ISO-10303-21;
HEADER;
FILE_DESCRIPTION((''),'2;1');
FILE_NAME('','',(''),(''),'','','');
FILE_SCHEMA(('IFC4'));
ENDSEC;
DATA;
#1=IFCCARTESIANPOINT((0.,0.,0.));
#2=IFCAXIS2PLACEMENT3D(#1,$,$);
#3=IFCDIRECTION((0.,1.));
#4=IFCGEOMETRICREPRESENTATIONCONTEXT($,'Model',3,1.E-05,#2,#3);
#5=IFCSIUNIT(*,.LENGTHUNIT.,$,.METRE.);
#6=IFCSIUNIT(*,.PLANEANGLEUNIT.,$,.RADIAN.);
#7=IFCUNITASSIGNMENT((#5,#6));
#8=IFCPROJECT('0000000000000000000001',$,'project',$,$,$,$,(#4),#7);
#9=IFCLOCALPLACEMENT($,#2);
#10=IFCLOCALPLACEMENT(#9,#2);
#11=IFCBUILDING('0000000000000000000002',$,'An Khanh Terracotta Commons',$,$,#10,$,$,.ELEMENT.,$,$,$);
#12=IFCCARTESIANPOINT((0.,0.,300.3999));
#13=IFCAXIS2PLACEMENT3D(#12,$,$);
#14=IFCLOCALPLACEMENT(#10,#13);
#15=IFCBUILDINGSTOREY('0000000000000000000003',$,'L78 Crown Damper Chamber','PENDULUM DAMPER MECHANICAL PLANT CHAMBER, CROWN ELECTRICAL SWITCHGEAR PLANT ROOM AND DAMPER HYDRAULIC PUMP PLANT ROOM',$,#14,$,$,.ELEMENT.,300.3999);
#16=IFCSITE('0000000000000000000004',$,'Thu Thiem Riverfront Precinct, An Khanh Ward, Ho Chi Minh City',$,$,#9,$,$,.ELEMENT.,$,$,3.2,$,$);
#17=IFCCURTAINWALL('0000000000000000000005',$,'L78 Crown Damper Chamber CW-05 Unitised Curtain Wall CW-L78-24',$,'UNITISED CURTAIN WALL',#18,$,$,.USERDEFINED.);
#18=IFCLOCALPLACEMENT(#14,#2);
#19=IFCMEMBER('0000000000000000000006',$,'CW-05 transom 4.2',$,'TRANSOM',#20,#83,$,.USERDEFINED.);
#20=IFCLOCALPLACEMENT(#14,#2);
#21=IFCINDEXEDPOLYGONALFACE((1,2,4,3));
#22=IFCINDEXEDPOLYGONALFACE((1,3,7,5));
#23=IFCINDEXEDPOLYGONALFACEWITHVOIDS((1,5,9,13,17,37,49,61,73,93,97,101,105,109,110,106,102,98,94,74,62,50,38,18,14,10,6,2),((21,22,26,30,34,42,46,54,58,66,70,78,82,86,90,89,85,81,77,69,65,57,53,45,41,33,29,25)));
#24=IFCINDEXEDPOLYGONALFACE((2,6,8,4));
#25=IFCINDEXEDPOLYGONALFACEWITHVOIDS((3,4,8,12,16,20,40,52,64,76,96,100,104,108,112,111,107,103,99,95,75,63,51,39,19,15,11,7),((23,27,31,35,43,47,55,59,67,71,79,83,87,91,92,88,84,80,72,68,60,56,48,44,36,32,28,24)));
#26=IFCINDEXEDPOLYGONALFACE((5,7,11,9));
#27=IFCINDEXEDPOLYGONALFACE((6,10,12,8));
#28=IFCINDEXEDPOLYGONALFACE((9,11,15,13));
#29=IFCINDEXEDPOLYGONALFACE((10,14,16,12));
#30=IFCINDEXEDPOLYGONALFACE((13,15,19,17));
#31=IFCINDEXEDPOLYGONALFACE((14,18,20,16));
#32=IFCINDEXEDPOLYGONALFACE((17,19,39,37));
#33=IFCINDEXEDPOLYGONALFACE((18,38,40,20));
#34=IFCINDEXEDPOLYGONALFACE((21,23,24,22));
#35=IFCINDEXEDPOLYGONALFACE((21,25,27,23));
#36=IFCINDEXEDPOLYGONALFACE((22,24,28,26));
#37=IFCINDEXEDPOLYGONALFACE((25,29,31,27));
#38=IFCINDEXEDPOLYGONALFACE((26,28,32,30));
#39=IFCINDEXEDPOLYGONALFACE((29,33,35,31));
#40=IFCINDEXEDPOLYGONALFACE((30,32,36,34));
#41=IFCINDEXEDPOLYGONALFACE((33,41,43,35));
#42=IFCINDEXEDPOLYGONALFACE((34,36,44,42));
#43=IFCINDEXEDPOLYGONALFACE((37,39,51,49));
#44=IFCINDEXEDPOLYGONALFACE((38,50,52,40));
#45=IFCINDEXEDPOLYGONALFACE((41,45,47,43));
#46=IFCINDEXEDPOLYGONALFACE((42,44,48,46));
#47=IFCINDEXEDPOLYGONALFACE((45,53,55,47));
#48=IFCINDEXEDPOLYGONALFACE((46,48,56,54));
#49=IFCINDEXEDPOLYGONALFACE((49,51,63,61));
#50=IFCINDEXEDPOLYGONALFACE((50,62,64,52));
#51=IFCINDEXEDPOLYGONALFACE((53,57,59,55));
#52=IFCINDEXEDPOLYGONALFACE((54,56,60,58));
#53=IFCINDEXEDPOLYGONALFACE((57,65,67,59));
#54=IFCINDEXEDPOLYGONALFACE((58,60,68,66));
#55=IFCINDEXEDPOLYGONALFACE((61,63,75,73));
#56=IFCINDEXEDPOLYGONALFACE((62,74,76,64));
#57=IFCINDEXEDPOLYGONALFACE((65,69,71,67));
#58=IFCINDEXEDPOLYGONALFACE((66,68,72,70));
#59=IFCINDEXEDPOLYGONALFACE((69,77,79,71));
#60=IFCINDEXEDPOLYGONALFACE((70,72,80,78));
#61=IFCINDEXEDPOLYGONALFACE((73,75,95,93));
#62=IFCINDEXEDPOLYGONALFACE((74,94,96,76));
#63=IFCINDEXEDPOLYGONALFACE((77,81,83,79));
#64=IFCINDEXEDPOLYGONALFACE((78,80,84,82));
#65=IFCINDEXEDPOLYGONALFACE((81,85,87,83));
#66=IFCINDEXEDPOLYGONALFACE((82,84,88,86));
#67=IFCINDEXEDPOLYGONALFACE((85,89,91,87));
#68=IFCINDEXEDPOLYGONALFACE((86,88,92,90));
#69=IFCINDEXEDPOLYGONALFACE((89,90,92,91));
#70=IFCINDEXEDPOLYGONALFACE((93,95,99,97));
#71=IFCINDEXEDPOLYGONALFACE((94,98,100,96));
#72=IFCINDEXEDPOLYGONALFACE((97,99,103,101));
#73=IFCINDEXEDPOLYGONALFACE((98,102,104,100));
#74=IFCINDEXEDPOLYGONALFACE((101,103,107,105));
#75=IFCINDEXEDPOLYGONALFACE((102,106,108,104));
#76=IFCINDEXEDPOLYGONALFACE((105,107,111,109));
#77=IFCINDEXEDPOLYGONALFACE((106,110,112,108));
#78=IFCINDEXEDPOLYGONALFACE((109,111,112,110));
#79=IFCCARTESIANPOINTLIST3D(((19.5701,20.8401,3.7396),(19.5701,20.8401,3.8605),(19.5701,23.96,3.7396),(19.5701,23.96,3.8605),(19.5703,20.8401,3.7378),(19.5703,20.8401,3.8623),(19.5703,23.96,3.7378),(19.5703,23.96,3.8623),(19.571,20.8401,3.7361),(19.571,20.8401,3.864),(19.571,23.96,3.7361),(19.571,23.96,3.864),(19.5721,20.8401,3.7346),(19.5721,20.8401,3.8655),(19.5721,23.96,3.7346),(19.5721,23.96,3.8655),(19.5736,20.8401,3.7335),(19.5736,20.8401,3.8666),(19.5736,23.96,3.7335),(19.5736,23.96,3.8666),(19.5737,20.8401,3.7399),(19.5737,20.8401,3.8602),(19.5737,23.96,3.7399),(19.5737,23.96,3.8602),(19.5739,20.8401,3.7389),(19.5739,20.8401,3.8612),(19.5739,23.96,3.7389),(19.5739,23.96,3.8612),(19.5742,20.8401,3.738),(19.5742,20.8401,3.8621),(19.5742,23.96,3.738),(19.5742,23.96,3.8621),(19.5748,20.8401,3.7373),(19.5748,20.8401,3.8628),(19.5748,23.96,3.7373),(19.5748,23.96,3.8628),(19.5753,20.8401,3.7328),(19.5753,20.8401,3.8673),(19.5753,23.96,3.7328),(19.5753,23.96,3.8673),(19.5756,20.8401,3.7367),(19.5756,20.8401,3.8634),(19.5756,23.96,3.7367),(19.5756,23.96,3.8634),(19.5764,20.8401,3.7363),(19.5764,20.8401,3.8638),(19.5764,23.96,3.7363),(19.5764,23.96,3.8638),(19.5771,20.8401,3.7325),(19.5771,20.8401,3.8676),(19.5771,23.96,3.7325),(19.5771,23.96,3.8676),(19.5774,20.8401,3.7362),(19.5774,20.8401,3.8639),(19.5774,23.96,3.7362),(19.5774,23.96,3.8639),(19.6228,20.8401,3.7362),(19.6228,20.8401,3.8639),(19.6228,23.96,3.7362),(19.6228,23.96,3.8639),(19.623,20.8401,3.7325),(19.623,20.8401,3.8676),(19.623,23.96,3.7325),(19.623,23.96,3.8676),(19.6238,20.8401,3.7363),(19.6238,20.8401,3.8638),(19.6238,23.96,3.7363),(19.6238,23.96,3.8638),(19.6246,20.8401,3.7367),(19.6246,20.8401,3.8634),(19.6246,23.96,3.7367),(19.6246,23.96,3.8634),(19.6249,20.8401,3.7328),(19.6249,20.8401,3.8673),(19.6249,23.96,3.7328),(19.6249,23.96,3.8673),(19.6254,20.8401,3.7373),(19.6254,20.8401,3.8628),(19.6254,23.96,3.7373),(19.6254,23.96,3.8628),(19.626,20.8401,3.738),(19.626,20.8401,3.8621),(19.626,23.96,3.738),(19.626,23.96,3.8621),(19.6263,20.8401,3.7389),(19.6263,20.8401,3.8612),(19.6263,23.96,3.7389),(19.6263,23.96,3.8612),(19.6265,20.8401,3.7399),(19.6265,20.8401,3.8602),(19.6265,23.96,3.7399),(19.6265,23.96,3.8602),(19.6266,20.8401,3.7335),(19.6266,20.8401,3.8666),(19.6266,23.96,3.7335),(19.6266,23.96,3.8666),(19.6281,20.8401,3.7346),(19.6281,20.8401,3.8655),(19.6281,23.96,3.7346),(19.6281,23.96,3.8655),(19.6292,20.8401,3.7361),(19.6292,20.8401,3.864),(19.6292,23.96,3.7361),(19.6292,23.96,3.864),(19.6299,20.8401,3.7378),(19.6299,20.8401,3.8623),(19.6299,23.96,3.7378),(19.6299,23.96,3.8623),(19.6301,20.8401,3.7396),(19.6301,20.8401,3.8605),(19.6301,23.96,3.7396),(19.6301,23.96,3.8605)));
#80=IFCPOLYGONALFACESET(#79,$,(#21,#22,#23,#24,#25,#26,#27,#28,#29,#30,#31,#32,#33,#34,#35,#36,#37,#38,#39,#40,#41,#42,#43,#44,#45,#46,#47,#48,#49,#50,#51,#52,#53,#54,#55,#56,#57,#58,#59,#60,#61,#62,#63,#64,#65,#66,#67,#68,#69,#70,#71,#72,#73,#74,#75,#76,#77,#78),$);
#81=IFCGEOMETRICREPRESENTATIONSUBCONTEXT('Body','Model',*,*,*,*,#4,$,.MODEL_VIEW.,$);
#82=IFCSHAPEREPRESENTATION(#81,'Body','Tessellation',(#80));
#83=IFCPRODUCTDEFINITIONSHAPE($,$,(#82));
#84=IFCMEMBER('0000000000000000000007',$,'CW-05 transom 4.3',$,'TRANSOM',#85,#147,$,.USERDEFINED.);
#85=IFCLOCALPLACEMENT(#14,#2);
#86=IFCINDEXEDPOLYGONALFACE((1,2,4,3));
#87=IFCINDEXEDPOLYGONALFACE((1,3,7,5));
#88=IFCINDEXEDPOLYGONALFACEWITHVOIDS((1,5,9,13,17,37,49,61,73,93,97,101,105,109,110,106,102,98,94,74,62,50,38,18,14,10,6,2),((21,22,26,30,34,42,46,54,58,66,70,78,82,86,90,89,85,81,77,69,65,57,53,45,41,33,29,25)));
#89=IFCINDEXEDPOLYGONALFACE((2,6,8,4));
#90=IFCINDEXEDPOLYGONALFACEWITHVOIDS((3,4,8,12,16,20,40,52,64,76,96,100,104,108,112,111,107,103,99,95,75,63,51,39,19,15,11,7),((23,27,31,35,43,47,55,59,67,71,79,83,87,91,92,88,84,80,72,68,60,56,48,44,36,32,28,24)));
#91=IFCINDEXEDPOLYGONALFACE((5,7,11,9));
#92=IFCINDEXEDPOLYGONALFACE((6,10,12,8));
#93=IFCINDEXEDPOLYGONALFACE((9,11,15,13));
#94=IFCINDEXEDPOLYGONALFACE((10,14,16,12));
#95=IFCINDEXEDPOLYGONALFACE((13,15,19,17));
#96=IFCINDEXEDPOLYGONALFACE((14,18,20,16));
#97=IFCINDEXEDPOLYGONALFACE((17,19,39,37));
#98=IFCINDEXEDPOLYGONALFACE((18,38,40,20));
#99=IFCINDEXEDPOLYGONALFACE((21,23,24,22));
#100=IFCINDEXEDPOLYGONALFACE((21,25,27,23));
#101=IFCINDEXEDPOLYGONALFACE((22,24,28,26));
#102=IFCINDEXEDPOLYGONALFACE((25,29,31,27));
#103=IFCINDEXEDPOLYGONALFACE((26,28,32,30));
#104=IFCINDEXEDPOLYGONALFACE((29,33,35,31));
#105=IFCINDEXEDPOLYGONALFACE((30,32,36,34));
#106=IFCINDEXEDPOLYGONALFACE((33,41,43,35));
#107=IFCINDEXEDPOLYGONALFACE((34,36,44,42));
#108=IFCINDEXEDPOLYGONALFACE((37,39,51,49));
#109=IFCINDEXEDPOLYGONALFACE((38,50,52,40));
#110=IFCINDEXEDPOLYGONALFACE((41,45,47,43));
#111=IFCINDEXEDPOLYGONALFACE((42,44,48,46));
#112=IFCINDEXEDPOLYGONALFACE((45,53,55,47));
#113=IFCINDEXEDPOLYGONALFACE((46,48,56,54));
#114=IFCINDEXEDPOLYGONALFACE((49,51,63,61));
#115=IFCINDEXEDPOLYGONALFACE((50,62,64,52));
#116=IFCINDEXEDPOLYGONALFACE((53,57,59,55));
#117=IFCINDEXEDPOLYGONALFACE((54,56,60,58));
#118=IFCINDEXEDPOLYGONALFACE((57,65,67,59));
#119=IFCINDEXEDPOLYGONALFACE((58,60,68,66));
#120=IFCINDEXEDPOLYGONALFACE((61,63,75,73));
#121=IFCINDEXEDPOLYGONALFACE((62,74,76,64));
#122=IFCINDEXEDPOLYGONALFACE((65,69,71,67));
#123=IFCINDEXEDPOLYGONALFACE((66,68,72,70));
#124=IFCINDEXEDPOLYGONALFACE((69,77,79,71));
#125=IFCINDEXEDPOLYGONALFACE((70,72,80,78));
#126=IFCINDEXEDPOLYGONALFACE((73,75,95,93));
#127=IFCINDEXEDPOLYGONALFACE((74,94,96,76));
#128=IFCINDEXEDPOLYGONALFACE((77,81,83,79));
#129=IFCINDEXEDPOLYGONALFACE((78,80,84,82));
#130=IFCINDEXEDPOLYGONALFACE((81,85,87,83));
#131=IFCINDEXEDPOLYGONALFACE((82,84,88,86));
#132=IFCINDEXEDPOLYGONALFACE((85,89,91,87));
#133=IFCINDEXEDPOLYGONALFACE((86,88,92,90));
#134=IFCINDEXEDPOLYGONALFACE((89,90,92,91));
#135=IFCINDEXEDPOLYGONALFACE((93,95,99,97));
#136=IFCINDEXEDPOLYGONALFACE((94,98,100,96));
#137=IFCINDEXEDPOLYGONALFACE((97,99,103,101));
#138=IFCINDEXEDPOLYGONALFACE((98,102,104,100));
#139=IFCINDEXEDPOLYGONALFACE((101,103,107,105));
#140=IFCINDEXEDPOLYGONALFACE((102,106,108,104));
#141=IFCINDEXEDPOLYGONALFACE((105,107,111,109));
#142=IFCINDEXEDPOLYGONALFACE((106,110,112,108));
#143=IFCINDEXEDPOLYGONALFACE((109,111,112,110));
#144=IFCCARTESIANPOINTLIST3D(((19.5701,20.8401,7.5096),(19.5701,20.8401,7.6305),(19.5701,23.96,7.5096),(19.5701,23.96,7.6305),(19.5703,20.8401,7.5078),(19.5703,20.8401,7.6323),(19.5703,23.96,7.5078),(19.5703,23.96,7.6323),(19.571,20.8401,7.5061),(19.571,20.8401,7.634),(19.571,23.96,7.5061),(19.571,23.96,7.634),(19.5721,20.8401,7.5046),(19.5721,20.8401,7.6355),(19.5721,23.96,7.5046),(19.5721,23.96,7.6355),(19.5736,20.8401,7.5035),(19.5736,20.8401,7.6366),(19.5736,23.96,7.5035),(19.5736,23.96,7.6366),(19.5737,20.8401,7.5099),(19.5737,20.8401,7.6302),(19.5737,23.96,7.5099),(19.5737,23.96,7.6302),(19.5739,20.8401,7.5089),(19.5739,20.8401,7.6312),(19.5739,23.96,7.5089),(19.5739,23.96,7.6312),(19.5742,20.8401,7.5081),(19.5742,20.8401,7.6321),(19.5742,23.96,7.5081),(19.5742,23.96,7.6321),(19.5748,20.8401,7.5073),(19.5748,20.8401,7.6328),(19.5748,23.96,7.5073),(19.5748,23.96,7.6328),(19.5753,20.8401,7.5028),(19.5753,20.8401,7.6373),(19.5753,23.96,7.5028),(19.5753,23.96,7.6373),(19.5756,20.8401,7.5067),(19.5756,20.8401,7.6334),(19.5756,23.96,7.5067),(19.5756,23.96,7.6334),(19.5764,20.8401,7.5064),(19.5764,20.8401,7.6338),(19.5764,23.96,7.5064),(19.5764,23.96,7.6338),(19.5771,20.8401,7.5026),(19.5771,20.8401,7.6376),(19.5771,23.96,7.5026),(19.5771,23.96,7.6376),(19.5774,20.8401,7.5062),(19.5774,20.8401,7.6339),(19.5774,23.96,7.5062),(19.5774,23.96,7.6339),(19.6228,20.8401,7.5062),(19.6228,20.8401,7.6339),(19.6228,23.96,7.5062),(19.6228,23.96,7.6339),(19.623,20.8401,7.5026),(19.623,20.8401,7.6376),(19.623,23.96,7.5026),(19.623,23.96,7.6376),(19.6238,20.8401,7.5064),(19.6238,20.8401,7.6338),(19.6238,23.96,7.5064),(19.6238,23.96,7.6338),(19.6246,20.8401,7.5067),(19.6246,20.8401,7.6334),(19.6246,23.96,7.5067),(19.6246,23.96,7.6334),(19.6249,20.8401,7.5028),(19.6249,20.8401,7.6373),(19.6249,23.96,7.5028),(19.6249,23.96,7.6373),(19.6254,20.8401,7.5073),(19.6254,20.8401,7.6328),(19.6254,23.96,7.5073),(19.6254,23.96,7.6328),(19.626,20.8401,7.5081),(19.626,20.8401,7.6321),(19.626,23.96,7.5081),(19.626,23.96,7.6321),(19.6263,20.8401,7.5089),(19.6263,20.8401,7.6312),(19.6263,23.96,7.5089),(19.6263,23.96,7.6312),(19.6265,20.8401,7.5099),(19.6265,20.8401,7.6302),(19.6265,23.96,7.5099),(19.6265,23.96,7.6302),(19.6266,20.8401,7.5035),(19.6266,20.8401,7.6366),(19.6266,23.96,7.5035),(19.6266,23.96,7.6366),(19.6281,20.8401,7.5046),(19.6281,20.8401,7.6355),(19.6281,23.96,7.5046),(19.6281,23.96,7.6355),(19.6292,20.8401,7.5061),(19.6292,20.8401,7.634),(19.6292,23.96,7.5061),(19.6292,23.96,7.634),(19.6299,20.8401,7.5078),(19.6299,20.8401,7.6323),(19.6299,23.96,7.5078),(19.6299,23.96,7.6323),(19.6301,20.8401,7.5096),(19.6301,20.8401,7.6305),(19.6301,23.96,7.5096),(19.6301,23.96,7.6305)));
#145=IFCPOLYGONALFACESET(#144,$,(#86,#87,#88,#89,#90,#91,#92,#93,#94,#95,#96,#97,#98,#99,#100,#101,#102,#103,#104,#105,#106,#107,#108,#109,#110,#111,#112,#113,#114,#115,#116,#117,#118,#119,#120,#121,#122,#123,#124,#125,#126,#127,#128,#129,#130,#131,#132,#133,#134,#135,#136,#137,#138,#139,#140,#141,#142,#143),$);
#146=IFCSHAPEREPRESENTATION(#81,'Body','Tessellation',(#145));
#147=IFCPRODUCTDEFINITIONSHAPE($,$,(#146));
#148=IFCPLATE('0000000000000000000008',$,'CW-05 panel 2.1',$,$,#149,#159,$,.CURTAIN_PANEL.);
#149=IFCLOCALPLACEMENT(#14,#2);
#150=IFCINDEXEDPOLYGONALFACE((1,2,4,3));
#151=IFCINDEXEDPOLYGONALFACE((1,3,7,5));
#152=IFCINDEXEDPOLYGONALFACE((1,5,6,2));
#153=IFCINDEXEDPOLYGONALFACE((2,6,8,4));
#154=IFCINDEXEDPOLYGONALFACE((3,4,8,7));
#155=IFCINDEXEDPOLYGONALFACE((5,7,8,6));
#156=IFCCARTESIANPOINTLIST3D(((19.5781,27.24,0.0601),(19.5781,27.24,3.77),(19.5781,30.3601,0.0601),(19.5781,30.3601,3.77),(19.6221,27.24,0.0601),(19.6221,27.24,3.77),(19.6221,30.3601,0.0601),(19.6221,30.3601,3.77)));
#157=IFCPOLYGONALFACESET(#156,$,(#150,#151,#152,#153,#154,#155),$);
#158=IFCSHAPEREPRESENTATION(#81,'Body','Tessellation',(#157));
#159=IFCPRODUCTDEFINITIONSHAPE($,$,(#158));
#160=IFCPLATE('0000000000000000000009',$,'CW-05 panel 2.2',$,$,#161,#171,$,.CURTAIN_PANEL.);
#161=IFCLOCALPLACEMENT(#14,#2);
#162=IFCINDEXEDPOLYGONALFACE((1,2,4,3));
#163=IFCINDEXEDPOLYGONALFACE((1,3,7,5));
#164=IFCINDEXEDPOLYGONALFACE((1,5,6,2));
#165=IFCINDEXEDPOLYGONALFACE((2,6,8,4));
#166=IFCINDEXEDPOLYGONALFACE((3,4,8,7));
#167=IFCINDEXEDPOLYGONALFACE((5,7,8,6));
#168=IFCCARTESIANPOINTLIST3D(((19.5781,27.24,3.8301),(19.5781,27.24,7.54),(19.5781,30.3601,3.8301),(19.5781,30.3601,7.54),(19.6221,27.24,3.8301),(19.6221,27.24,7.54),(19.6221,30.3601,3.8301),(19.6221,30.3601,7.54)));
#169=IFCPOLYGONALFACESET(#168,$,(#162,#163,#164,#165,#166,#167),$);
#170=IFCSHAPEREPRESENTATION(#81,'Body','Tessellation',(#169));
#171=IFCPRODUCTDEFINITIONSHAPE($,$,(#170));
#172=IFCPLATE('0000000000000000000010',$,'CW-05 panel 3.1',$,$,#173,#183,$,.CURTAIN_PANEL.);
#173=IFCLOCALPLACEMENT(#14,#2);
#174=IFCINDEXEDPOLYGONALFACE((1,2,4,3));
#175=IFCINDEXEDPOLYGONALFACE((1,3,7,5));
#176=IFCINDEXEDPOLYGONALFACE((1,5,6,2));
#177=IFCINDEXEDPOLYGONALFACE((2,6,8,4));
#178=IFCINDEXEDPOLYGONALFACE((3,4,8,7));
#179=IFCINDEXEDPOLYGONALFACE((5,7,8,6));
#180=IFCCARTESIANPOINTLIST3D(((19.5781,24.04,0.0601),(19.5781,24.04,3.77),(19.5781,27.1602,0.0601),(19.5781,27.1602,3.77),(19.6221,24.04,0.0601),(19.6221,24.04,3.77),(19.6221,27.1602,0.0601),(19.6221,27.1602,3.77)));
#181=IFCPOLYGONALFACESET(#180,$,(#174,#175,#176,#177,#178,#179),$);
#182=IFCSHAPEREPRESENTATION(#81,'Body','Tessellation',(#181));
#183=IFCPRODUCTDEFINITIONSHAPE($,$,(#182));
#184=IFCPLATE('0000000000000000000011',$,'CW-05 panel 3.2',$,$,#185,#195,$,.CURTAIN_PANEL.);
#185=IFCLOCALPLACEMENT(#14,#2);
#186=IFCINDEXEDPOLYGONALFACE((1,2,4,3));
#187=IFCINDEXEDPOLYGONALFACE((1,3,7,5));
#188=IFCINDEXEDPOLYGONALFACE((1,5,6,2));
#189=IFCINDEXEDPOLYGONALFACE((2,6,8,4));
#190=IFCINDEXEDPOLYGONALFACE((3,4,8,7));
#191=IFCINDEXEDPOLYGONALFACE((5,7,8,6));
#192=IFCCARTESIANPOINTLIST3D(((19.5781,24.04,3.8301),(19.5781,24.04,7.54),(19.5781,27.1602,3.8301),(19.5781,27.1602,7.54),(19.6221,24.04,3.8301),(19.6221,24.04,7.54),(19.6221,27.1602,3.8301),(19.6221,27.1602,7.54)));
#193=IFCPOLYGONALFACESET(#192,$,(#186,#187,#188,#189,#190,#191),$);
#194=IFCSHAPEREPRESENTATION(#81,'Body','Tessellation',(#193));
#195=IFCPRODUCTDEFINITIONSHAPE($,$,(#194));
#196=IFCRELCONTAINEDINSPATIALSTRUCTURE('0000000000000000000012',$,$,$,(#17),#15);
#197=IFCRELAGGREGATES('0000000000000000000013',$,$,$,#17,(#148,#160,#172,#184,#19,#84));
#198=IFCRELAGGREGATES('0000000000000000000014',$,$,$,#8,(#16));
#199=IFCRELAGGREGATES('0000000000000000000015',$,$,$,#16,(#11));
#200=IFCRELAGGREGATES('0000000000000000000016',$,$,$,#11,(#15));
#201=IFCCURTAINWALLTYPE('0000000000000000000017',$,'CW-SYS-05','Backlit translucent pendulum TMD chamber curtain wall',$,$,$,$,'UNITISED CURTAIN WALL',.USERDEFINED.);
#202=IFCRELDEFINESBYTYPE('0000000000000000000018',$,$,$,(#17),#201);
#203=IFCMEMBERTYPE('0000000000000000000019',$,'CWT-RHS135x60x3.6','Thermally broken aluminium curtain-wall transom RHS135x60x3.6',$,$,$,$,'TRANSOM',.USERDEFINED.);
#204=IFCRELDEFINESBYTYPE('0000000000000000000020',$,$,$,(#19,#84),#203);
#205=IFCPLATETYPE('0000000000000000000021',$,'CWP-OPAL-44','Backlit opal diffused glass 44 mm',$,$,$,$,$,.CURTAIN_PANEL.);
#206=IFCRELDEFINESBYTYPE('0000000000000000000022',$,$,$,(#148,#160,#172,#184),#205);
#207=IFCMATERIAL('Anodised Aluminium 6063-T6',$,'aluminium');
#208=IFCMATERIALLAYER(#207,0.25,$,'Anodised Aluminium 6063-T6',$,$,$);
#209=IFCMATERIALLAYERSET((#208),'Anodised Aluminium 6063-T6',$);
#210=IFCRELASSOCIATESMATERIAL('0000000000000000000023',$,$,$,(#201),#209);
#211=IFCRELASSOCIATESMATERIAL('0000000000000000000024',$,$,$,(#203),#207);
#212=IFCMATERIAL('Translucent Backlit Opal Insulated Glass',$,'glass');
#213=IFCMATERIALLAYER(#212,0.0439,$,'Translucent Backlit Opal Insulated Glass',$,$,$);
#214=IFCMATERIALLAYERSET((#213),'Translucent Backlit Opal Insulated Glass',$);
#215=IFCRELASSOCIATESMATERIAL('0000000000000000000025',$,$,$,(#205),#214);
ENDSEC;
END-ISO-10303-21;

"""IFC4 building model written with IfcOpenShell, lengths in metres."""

from ifc_helpers import new_model, si_unit, direction, frame, origin, origin_2d, place, context, subcontext, project, spatial, rectangle, hollow_rectangle, extrude, material, layer, layer_set, material_profile, profile_set, type_object, element, aggregate, save


model = new_model("IFC4")

# Units and contexts
model_context = context("Model", 3, precision=1e-05, world=origin(), true_north=direction((0.0, 1.0)))
body_context = subcontext(model_context, "Body", "Model", "MODEL_VIEW")
ifc_project = project(units=[si_unit("LENGTHUNIT", "METRE"), si_unit("PLANEANGLEUNIT", "RADIAN")], contexts=[model_context])

# Site, building, storey
site_placement = place(None, origin())
site = spatial("IfcSite", under=ifc_project, at=site_placement, Name="Thu Thiem Riverfront Precinct, An Khanh Ward, Ho Chi Minh City", CompositionType="ELEMENT", RefElevation=3.2)
building_placement = place(site_placement, origin())
building = spatial("IfcBuilding", under=site, at=building_placement, Name="An Khanh Terracotta Commons", CompositionType="ELEMENT")
storey_placement = place(building_placement, frame((0.0, 0.0, 300.3999)))
storey = spatial("IfcBuildingStorey", under=building, at=storey_placement, Name="L78 Crown Damper Chamber", Description="PENDULUM DAMPER MECHANICAL PLANT CHAMBER, CROWN ELECTRICAL SWITCHGEAR PLANT ROOM AND DAMPER HYDRAULIC PUMP PLANT ROOM", CompositionType="ELEMENT", Elevation=300.3999)

# Curtain wall, members, plates
ifc_material_1 = material(Name="Anodised Aluminium 6063-T6", Category="aluminium")
ifc_layer_1 = layer(ifc_material_1, 0.25, Name="Anodised Aluminium 6063-T6")
ifc_layer_set_1 = layer_set([ifc_layer_1], Name="Anodised Aluminium 6063-T6")
curtain_wall_type = type_object("IfcCurtainWallType", Name="CW-SYS-05", Description="Backlit translucent pendulum TMD chamber curtain wall", ElementType="UNITISED CURTAIN WALL", PredefinedType="USERDEFINED", material=ifc_layer_set_1)
curtain_wall_placement = place(storey_placement, origin())
curtain_wall = element("IfcCurtainWall", 1, at=curtain_wall_placement, inside=storey, type_object=curtain_wall_type, Name="L78 Crown Damper Chamber CW-05 Unitised Curtain Wall CW-L78-24", ObjectType="UNITISED CURTAIN WALL", PredefinedType="USERDEFINED")
ifc_material_profile_1 = material_profile(ifc_material_1, hollow_rectangle(XDim=0.0601, YDim=0.135, WallThickness=0.0037, InnerFilletRadius=0.0037, OuterFilletRadius=0.0071, at=origin_2d()), Name="RHS135x60x3.6")
ifc_profile_set_1 = profile_set([ifc_material_profile_1], Name="Anodised Aluminium 6063-T6")
member_type_1 = type_object("IfcMemberType", Name="CWT-RHS135x60x3.6", Description="Thermally broken aluminium curtain-wall transom RHS135x60x3.6", ElementType="TRANSOM", PredefinedType="USERDEFINED", material=ifc_profile_set_1)
member_1_placement = place(storey_placement, frame((19.6001, 23.96, 3.8), z_axis=(0.0, -1.0, 0.0), x_axis=(1.0, 0.0, 0.0)))
member_1 = element("IfcMember", 2, at=member_1_placement, type_object=member_type_1, Name="CW-05 transom 4.2", ObjectType="TRANSOM", PredefinedType="USERDEFINED", context=body_context, shape_type="SweptSolid", body=[
    extrude(hollow_rectangle(XDim=0.0601, YDim=0.135, WallThickness=0.0037, InnerFilletRadius=0.0037, OuterFilletRadius=0.0071, at=origin_2d()), origin(), (0.0, 0.0, 1.0), 3.1199),
])
member_2_placement = place(storey_placement, frame((19.6001, 23.96, 7.5701), z_axis=(0.0, -1.0, 0.0), x_axis=(1.0, 0.0, 0.0)))
member_2 = element("IfcMember", 3, at=member_2_placement, type_object=member_type_1, Name="CW-05 transom 4.3", ObjectType="TRANSOM", PredefinedType="USERDEFINED", context=body_context, shape_type="SweptSolid", body=[
    extrude(hollow_rectangle(XDim=0.0601, YDim=0.135, WallThickness=0.0037, InnerFilletRadius=0.0037, OuterFilletRadius=0.0071, at=origin_2d()), origin(), (0.0, 0.0, 1.0), 3.1199),
])
ifc_material_2 = material(Name="Translucent Backlit Opal Insulated Glass", Category="glass")
ifc_layer_2 = layer(ifc_material_2, 0.0439, Name="Translucent Backlit Opal Insulated Glass")
ifc_layer_set_2 = layer_set([ifc_layer_2], Name="Translucent Backlit Opal Insulated Glass")
plate_type = type_object("IfcPlateType", Name="CWP-OPAL-44", Description="Backlit opal diffused glass 44 mm", PredefinedType="CURTAIN_PANEL", material=ifc_layer_set_2)
plate_1_placement = place(storey_placement, frame((19.6001, 28.8, 0.0601), z_axis=(0.0, 0.0, 1.0), x_axis=(0.0, -1.0, 0.0)))
plate_1 = element("IfcPlate", 4, at=plate_1_placement, type_object=plate_type, Name="CW-05 panel 2.1", PredefinedType="CURTAIN_PANEL", context=body_context, shape_type="SweptSolid", body=[
    extrude(rectangle(XDim=3.1201, YDim=0.0439, at=origin_2d()), origin(), (0.0, 0.0, 1.0), 3.71),
])
plate_2_placement = place(storey_placement, frame((19.6001, 28.8, 3.8301), z_axis=(0.0, 0.0, 1.0), x_axis=(0.0, -1.0, 0.0)))
plate_2 = element("IfcPlate", 5, at=plate_2_placement, type_object=plate_type, Name="CW-05 panel 2.2", PredefinedType="CURTAIN_PANEL", context=body_context, shape_type="SweptSolid", body=[
    extrude(rectangle(XDim=3.1201, YDim=0.0439, at=origin_2d()), origin(), (0.0, 0.0, 1.0), 3.71),
])
plate_3_placement = place(storey_placement, frame((19.6001, 25.6001, 0.0601), z_axis=(0.0, 0.0, 1.0), x_axis=(0.0, -1.0, 0.0)))
plate_3 = element("IfcPlate", 6, at=plate_3_placement, type_object=plate_type, Name="CW-05 panel 3.1", PredefinedType="CURTAIN_PANEL", context=body_context, shape_type="SweptSolid", body=[
    extrude(rectangle(XDim=3.1201, YDim=0.0439, at=origin_2d()), origin(), (0.0, 0.0, 1.0), 3.71),
])
plate_4_placement = place(storey_placement, frame((19.6001, 25.6001, 3.8301), z_axis=(0.0, 0.0, 1.0), x_axis=(0.0, -1.0, 0.0)))
plate_4 = element("IfcPlate", 7, at=plate_4_placement, type_object=plate_type, Name="CW-05 panel 3.2", PredefinedType="CURTAIN_PANEL", context=body_context, shape_type="SweptSolid", body=[
    extrude(rectangle(XDim=3.1201, YDim=0.0439, at=origin_2d()), origin(), (0.0, 0.0, 1.0), 3.71),
])
aggregate(curtain_wall, [plate_1, plate_2, plate_3, plate_4, member_1, member_2])

save(model, "model.ifc")
